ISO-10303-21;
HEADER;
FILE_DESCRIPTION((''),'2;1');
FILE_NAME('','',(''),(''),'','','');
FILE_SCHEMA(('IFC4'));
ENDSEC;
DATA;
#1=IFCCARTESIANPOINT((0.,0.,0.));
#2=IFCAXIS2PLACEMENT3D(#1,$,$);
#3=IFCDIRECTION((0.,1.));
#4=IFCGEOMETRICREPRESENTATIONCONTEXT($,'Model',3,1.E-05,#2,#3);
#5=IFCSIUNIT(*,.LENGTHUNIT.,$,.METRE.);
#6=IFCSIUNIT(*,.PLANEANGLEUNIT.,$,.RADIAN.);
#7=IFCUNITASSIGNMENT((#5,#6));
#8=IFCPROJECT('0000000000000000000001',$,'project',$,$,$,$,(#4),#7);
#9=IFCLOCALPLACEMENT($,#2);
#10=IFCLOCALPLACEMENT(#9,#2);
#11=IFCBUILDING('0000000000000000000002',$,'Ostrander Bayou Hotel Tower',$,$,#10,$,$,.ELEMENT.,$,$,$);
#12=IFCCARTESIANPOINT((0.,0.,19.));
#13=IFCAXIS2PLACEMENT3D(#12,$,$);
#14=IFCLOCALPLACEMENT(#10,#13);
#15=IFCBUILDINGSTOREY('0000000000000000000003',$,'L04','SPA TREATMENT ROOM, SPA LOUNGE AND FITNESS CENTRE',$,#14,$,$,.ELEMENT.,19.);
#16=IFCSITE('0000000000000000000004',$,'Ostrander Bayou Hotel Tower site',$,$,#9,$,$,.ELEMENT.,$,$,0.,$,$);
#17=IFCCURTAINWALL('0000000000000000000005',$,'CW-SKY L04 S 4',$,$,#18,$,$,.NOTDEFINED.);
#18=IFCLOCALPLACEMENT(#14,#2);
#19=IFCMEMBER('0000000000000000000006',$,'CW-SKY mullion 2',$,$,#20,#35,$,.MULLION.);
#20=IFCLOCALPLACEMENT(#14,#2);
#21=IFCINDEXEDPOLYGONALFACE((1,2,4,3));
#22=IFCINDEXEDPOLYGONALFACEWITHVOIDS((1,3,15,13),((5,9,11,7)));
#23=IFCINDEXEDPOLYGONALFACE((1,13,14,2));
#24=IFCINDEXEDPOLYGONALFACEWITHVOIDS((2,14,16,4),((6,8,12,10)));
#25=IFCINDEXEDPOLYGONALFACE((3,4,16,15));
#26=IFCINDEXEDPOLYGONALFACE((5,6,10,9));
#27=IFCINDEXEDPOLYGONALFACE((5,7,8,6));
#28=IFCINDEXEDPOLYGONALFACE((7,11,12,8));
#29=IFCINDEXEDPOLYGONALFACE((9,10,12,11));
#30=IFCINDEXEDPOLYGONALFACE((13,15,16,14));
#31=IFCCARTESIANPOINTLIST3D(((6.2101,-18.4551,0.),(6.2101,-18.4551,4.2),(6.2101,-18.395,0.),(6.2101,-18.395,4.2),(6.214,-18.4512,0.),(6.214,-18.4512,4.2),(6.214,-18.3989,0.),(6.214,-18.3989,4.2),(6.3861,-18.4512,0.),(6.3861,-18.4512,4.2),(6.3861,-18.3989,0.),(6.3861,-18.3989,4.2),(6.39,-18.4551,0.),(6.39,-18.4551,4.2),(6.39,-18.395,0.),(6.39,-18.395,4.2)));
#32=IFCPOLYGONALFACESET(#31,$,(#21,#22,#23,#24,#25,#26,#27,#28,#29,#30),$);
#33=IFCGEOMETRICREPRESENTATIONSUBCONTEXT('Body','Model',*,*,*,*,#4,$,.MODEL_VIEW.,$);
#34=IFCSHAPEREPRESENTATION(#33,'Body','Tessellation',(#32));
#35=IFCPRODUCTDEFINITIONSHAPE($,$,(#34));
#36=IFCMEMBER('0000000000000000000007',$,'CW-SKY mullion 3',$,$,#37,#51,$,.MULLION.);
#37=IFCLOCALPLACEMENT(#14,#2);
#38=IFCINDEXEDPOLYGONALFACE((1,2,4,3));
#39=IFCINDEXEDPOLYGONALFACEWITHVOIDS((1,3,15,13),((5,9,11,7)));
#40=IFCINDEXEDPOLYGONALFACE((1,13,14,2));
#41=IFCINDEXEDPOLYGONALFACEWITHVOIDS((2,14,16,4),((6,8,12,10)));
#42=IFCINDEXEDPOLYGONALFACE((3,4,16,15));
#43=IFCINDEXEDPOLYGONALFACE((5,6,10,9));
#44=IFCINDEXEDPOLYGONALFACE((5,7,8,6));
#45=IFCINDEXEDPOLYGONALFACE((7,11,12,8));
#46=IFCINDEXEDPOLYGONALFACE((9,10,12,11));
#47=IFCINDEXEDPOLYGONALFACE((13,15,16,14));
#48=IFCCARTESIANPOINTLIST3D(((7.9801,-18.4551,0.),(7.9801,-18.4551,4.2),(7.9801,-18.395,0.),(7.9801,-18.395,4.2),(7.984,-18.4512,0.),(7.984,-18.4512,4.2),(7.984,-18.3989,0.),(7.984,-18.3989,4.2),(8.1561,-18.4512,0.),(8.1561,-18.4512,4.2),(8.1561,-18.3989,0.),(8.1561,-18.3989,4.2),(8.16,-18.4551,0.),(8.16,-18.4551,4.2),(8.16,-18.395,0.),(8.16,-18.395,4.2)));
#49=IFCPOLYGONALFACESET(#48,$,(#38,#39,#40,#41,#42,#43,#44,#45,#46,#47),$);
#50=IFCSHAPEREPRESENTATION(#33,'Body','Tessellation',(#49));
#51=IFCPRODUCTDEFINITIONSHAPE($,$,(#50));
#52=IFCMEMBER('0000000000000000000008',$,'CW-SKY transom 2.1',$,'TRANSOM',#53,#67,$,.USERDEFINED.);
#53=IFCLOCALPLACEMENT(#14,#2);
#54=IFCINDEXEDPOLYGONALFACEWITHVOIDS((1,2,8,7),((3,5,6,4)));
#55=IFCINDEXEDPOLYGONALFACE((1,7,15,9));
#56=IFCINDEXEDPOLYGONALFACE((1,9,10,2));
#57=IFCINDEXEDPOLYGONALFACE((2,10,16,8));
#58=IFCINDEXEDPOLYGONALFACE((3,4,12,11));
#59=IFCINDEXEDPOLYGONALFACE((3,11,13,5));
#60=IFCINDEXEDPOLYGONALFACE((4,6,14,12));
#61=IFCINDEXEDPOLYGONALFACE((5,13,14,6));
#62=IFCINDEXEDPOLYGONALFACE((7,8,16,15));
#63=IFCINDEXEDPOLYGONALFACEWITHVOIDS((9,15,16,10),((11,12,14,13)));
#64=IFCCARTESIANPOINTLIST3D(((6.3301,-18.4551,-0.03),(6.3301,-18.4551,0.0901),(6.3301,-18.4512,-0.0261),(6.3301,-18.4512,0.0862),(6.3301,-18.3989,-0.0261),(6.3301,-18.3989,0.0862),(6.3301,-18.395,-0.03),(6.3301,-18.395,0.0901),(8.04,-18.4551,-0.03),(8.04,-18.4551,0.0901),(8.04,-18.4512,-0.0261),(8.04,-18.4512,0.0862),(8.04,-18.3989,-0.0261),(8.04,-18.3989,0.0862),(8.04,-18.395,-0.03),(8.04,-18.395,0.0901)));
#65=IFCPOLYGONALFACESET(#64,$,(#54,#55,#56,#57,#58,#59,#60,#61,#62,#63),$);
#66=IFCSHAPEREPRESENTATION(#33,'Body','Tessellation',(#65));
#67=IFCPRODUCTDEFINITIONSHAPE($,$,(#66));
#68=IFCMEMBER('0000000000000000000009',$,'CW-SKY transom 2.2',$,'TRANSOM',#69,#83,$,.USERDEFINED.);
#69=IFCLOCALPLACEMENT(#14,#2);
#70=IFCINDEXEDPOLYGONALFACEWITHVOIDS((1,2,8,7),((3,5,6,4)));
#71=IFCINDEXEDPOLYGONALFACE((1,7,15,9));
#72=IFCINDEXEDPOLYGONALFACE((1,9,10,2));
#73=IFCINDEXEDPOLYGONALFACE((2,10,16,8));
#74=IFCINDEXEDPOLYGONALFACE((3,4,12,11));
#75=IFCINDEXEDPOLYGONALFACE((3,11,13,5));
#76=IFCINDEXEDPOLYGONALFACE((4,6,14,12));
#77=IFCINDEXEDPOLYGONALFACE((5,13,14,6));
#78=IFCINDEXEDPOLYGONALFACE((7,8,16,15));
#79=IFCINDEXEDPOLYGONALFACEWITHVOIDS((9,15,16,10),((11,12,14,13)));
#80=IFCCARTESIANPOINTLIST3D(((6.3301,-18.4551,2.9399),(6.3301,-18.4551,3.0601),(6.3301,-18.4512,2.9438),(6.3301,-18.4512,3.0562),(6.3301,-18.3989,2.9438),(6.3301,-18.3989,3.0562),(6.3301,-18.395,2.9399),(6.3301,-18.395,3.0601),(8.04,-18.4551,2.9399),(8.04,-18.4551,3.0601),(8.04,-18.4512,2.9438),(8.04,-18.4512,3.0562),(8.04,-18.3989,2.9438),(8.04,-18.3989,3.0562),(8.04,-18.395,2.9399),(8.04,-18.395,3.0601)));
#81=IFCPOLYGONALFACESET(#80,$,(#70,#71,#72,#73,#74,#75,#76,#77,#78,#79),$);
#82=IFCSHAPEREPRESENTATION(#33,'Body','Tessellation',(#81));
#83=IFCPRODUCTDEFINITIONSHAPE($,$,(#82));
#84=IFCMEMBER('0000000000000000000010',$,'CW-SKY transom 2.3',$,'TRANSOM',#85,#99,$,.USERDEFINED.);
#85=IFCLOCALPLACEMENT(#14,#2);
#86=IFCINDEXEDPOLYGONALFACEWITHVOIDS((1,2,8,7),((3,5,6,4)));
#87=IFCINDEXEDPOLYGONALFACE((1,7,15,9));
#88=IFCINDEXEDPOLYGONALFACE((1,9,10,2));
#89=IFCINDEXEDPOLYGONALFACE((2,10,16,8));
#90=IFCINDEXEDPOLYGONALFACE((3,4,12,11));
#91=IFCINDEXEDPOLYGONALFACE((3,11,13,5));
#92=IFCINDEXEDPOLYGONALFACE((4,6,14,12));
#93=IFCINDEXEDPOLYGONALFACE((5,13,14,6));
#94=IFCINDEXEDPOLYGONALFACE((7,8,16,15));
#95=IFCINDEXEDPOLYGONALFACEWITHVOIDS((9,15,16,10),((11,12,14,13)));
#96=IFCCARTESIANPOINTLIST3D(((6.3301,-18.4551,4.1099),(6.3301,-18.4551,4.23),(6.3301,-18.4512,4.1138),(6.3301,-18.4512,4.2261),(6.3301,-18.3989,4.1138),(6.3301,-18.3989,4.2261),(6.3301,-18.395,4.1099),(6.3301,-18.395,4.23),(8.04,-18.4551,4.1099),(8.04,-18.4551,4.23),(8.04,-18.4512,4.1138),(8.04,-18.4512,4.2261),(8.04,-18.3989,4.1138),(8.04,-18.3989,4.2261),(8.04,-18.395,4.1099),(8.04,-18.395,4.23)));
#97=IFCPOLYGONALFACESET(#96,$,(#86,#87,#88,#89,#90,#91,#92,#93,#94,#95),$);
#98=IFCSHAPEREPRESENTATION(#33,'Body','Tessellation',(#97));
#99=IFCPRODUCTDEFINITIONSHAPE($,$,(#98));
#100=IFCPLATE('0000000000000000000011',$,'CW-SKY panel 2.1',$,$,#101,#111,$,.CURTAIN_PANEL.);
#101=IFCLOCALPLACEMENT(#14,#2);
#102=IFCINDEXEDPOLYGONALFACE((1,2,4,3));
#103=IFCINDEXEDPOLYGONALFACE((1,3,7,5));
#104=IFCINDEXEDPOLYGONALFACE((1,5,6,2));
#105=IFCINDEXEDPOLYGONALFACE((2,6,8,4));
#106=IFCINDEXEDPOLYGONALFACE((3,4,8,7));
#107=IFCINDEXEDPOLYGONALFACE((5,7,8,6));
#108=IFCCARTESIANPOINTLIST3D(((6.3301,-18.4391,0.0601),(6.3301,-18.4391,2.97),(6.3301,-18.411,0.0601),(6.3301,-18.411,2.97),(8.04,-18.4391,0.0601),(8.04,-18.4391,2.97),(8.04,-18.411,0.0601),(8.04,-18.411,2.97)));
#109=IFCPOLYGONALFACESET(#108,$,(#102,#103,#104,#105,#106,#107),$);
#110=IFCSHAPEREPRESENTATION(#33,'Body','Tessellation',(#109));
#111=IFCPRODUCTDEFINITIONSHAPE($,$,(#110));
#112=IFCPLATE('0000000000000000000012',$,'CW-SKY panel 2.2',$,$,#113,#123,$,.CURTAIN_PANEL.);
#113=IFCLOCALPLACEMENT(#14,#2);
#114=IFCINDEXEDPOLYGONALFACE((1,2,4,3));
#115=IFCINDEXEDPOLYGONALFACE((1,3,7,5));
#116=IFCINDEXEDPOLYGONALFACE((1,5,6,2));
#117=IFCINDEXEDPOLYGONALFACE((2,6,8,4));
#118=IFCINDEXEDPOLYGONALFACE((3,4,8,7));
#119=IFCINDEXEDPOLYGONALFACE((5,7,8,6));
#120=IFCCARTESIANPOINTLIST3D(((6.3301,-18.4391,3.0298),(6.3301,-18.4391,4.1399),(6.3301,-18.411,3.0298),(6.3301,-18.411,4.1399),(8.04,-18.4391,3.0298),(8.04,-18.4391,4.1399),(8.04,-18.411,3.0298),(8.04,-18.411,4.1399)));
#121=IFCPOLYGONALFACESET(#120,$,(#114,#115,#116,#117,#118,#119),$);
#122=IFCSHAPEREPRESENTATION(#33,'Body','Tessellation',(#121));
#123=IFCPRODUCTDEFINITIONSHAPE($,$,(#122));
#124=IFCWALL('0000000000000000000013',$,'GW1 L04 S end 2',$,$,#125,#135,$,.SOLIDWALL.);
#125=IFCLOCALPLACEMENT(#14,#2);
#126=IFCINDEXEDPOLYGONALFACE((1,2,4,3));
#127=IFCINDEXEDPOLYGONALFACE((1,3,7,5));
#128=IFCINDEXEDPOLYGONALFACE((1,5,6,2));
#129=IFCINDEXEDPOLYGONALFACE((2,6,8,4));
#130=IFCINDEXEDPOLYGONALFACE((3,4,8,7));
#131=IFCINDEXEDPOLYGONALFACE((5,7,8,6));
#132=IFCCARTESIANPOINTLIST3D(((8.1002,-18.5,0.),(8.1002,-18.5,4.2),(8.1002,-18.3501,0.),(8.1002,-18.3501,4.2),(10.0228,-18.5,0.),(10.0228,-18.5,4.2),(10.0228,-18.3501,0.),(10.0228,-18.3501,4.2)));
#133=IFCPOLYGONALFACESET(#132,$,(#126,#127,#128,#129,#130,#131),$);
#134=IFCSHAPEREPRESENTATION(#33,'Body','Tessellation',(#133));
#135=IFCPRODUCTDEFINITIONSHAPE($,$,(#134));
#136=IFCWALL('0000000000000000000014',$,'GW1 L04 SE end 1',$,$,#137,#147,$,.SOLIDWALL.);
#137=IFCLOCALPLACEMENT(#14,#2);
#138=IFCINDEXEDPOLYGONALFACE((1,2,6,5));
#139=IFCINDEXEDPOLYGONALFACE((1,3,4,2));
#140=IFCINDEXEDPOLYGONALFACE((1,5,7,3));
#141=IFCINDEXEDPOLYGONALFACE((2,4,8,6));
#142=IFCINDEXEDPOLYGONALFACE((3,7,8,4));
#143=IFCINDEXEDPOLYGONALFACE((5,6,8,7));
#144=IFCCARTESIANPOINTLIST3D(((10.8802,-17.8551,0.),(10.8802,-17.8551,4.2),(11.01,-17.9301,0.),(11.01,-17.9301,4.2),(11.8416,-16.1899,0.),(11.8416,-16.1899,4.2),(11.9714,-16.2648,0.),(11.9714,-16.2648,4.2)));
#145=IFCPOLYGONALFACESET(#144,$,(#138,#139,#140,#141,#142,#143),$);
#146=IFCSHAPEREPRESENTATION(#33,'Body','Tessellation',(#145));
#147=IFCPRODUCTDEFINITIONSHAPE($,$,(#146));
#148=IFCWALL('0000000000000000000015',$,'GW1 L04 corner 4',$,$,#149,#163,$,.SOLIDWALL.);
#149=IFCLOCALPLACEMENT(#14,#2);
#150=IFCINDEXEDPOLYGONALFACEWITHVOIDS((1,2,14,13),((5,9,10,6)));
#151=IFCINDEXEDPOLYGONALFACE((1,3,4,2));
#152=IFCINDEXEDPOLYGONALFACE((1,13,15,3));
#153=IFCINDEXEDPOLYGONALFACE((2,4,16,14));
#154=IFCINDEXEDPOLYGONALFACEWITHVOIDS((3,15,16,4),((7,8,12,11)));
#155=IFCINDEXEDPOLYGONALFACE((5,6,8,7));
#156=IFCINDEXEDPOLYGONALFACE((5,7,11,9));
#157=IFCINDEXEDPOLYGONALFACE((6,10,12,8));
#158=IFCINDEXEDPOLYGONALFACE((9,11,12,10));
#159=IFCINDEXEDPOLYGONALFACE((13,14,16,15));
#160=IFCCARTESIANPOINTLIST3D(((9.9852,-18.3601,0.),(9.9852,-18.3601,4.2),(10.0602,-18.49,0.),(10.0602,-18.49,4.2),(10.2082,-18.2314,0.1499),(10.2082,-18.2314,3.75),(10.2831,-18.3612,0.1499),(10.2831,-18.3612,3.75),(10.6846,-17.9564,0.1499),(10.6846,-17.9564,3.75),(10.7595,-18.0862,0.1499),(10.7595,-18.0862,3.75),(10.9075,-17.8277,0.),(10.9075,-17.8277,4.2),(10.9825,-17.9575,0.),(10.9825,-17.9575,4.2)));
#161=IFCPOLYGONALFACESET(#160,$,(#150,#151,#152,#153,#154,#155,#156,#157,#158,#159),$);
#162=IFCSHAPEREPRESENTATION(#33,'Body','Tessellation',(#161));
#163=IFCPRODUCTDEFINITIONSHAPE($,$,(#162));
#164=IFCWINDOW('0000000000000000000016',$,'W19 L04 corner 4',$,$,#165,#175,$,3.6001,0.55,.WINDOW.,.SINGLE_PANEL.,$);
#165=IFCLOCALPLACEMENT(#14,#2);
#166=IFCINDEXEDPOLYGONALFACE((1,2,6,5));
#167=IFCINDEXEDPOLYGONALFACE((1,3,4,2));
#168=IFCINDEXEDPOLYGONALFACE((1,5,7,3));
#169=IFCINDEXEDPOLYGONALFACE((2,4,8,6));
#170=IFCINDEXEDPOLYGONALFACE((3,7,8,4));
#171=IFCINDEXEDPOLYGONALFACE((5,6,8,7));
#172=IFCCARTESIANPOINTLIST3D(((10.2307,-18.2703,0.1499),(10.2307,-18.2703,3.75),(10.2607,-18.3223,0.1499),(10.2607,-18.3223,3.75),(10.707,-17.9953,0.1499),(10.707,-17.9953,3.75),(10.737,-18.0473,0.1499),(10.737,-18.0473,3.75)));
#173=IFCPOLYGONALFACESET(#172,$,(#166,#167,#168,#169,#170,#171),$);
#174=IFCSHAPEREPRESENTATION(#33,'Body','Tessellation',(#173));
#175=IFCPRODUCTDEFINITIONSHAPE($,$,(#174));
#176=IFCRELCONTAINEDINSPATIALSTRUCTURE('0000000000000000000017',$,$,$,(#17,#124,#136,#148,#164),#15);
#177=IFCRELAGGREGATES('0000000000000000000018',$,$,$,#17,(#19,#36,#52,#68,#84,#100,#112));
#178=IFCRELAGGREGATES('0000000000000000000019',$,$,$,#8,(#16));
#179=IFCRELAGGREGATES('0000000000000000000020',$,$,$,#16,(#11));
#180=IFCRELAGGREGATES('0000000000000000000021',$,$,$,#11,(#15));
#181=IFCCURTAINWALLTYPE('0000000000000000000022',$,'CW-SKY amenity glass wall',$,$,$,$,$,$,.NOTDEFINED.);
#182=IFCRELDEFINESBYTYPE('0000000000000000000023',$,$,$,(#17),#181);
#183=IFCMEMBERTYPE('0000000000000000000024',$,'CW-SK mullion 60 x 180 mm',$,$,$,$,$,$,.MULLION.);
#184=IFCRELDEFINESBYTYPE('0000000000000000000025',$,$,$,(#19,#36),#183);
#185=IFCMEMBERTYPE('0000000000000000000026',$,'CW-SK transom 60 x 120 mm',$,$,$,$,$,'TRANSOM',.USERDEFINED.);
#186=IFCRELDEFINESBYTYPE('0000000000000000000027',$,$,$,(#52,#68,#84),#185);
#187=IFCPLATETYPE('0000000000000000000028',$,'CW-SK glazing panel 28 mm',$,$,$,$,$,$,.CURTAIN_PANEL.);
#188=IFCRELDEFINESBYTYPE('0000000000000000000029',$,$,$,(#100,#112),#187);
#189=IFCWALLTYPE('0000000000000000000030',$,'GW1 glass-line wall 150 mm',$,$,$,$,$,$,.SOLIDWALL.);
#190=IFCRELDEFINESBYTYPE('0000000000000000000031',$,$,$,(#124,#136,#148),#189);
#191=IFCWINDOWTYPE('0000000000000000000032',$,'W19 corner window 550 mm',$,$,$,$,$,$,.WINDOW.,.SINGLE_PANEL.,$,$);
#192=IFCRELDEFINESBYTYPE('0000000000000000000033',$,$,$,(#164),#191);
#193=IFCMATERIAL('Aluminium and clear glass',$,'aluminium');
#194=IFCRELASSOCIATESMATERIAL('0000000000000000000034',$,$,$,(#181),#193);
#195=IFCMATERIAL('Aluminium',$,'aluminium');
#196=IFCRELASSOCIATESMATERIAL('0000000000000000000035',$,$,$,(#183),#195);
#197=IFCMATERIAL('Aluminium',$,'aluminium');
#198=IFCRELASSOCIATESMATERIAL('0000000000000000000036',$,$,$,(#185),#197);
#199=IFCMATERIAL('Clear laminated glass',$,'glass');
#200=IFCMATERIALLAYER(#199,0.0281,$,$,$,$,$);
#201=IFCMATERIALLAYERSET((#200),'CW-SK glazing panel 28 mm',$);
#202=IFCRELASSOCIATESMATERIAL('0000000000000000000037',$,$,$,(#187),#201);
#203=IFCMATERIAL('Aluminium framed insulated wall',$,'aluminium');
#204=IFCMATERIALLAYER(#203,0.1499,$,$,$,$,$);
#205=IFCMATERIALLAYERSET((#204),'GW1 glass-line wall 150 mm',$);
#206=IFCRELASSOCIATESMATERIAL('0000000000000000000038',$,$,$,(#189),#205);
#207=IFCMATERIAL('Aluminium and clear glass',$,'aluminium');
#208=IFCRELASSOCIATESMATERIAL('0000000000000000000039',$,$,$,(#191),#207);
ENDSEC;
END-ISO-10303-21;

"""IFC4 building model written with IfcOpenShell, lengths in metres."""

from ifc_helpers import new_model, si_unit, direction, frame, frame_2d, origin, origin_2d, place, context, subcontext, project, spatial, rectangle, hollow_rectangle, extrude, material, layer, layer_set, material_profile, profile_set, type_object, element, fill, aggregate, save


model = new_model("IFC4")

# Units and contexts
model_context = context("Model", 3, precision=1e-05, world=origin(), true_north=direction((0.0, 1.0)))
body_context = subcontext(model_context, "Body", "Model", "MODEL_VIEW")
ifc_project = project(units=[si_unit("LENGTHUNIT", "METRE"), si_unit("PLANEANGLEUNIT", "RADIAN")], contexts=[model_context])

# Site, building, storey
site_placement = place(None, origin())
site = spatial("IfcSite", under=ifc_project, at=site_placement, Name="Ostrander Bayou Hotel Tower site", CompositionType="ELEMENT", RefElevation=0.0)
building_placement = place(site_placement, origin())
building = spatial("IfcBuilding", under=site, at=building_placement, Name="Ostrander Bayou Hotel Tower", CompositionType="ELEMENT")
storey_placement = place(building_placement, frame((0.0, 0.0, 19.0)))
storey = spatial("IfcBuildingStorey", under=building, at=storey_placement, Name="L04", Description="SPA TREATMENT ROOM, SPA LOUNGE AND FITNESS CENTRE", CompositionType="ELEMENT", Elevation=19.0)

# Curtain wall, members, plates
ifc_material_1 = material(Name="Aluminium and clear glass", Category="aluminium")
curtain_wall_type = type_object("IfcCurtainWallType", Name="CW-SKY amenity glass wall", PredefinedType="NOTDEFINED", material=ifc_material_1)
curtain_wall_placement = place(storey_placement, origin())
curtain_wall = element("IfcCurtainWall", 1, at=curtain_wall_placement, inside=storey, type_object=curtain_wall_type, Name="CW-SKY L04 S 4", PredefinedType="NOTDEFINED")
ifc_material_2 = material(Name="Aluminium", Category="aluminium")
ifc_material_profile_1 = material_profile(ifc_material_2, hollow_rectangle(XDim=0.0601, YDim=0.1799, WallThickness=0.0039, at=origin_2d()))
ifc_profile_set_1 = profile_set([ifc_material_profile_1], Name="Aluminium")
member_type_1 = type_object("IfcMemberType", Name="CW-SK mullion 60 x 180 mm", PredefinedType="MULLION", material=ifc_profile_set_1)
member_1_placement = place(storey_placement, frame((6.3, -18.425, 0.0), z_axis=(0.0, 0.0, 1.0), x_axis=(0.0, 1.0, 0.0)))
member_1 = element("IfcMember", 2, at=member_1_placement, type_object=member_type_1, Name="CW-SKY mullion 2", PredefinedType="MULLION", context=body_context, shape_type="SweptSolid", body=[
    extrude(hollow_rectangle(XDim=0.0601, YDim=0.1799, WallThickness=0.0039, at=origin_2d()), origin(), (0.0, 0.0, 1.0), 4.2),
])
member_2_placement = place(storey_placement, frame((8.0701, -18.425, 0.0), z_axis=(0.0, 0.0, 1.0), x_axis=(0.0, 1.0, 0.0)))
member_2 = element("IfcMember", 3, at=member_2_placement, type_object=member_type_1, Name="CW-SKY mullion 3", PredefinedType="MULLION", context=body_context, shape_type="SweptSolid", body=[
    extrude(hollow_rectangle(XDim=0.0601, YDim=0.1799, WallThickness=0.0039, at=origin_2d()), origin(), (0.0, 0.0, 1.0), 4.2),
])
ifc_material_3 = material(Name="Aluminium", Category="aluminium")
ifc_material_profile_2 = material_profile(ifc_material_3, hollow_rectangle(XDim=0.0601, YDim=0.1201, WallThickness=0.0039, at=origin_2d()))
ifc_profile_set_2 = profile_set([ifc_material_profile_2], Name="Aluminium")
member_type_2 = type_object("IfcMemberType", Name="CW-SK transom 60 x 120 mm", ElementType="TRANSOM", PredefinedType="USERDEFINED", material=ifc_profile_set_2)
member_3_placement = place(storey_placement, frame((6.3301, -18.425, 0.03), z_axis=(1.0, 0.0, 0.0), x_axis=(0.0, 1.0, 0.0)))
member_3 = element("IfcMember", 4, at=member_3_placement, type_object=member_type_2, Name="CW-SKY transom 2.1", ObjectType="TRANSOM", PredefinedType="USERDEFINED", context=body_context, shape_type="SweptSolid", body=[
    extrude(hollow_rectangle(XDim=0.0601, YDim=0.1201, WallThickness=0.0039, at=origin_2d()), origin(), (0.0, 0.0, 1.0), 1.71),
])
member_4_placement = place(storey_placement, frame((6.3301, -18.425, 3.0), z_axis=(1.0, 0.0, 0.0), x_axis=(0.0, 1.0, 0.0)))
member_4 = element("IfcMember", 5, at=member_4_placement, type_object=member_type_2, Name="CW-SKY transom 2.2", ObjectType="TRANSOM", PredefinedType="USERDEFINED", context=body_context, shape_type="SweptSolid", body=[
    extrude(hollow_rectangle(XDim=0.0601, YDim=0.1201, WallThickness=0.0039, at=origin_2d()), origin(), (0.0, 0.0, 1.0), 1.71),
])
member_5_placement = place(storey_placement, frame((6.3301, -18.425, 4.1699), z_axis=(1.0, 0.0, 0.0), x_axis=(0.0, 1.0, 0.0)))
member_5 = element("IfcMember", 6, at=member_5_placement, type_object=member_type_2, Name="CW-SKY transom 2.3", ObjectType="TRANSOM", PredefinedType="USERDEFINED", context=body_context, shape_type="SweptSolid", body=[
    extrude(hollow_rectangle(XDim=0.0601, YDim=0.1201, WallThickness=0.0039, at=origin_2d()), origin(), (0.0, 0.0, 1.0), 1.71),
])
ifc_material_4 = material(Name="Clear laminated glass", Category="glass")
ifc_layer_1 = layer(ifc_material_4, 0.0281)
ifc_layer_set_1 = layer_set([ifc_layer_1], Name="CW-SK glazing panel 28 mm")
plate_type = type_object("IfcPlateType", Name="CW-SK glazing panel 28 mm", PredefinedType="CURTAIN_PANEL", material=ifc_layer_set_1)
plate_1_placement = place(storey_placement, frame((7.1851, -18.425, 0.0601), z_axis=(0.0, 0.0, 1.0), x_axis=(1.0, 0.0, 0.0)))
plate_1 = element("IfcPlate", 7, at=plate_1_placement, type_object=plate_type, Name="CW-SKY panel 2.1", PredefinedType="CURTAIN_PANEL", context=body_context, shape_type="SweptSolid", body=[
    extrude(rectangle(XDim=1.71, YDim=0.0281, at=origin_2d()), origin(), (0.0, 0.0, 1.0), 2.9099),
])
plate_2_placement = place(storey_placement, frame((7.1851, -18.425, 3.0298), z_axis=(0.0, 0.0, 1.0), x_axis=(1.0, 0.0, 0.0)))
plate_2 = element("IfcPlate", 8, at=plate_2_placement, type_object=plate_type, Name="CW-SKY panel 2.2", PredefinedType="CURTAIN_PANEL", context=body_context, shape_type="SweptSolid", body=[
    extrude(rectangle(XDim=1.71, YDim=0.0281, at=origin_2d()), origin(), (0.0, 0.0, 1.0), 1.1101),
])
aggregate(curtain_wall, [member_1, member_2, member_3, member_4, member_5, plate_1, plate_2])

# Walls
ifc_material_5 = material(Name="Aluminium framed insulated wall", Category="aluminium")
ifc_layer_2 = layer(ifc_material_5, 0.1499)
ifc_layer_set_2 = layer_set([ifc_layer_2], Name="GW1 glass-line wall 150 mm")
wall_type_1 = type_object("IfcWallType", Name="GW1 glass-line wall 150 mm", PredefinedType="SOLIDWALL", material=ifc_layer_set_2)
wall_1_placement = place(storey_placement, frame((8.1001, -18.425, 0.0), z_axis=(0.0, 0.0, 1.0), x_axis=(1.0, 0.0, 0.0)))
element("IfcWall", 9, at=wall_1_placement, inside=storey, type_object=wall_type_1, Name="GW1 L04 S end 2", PredefinedType="SOLIDWALL", context=body_context, shape_type="SweptSolid", body=[
    extrude(rectangle(XDim=1.9226, YDim=0.1499, at=frame_2d((0.9614, 0.0))), origin(), (0.0, 0.0, 1.0), 4.2),
])
wall_2_placement = place(storey_placement, frame((10.9451, -17.8926, 0.0), z_axis=(0.0, 0.0, 1.0), x_axis=(0.49999, 0.866031, 0.0)))
element("IfcWall", 10, at=wall_2_placement, inside=storey, type_object=wall_type_1, Name="GW1 L04 SE end 1", PredefinedType="SOLIDWALL", context=body_context, shape_type="SweptSolid", body=[
    extrude(rectangle(XDim=1.9229, YDim=0.1499, at=frame_2d((0.9614, 0.0))), origin(), (0.0, 0.0, 1.0), 4.2),
])

# Wall, opening, window
wall_3_placement = place(storey_placement, frame((10.0227, -18.425, 0.0), z_axis=(0.0, 0.0, 1.0), x_axis=(0.866048, 0.499961, 0.0)))
wall_3 = element("IfcWall", 11, at=wall_3_placement, inside=storey, type_object=wall_type_1, Name="GW1 L04 corner 4", PredefinedType="SOLIDWALL", context=body_context, shape_type="SweptSolid", body=[
    extrude(rectangle(XDim=1.0649, YDim=0.1499, at=frame_2d((0.5325, 0.0))), origin(), (0.0, 0.0, 1.0), 4.2),
])
opening_1_placement = place(wall_3_placement, frame((0.2576, 0.0, 0.1499)))
opening_1 = element("IfcOpeningElement", 12, at=opening_1_placement, cuts=wall_3, PredefinedType="OPENING", context=body_context, shape_type="SweptSolid", body=[
    extrude(rectangle(XDim=0.55, YDim=3.6001, at=frame_2d((0.2749, 1.8))), frame((0.0, 0.075, 0.0), z_axis=(0.0, -1.0, 0.0), x_axis=(1.0, 0.0, 0.0)), (0.0, 0.0, 1.0), 0.1499),
])
ifc_material_6 = material(Name="Aluminium and clear glass", Category="aluminium")
window_type = type_object("IfcWindowType", Name="W19 corner window 550 mm", PartitioningType="SINGLE_PANEL", PredefinedType="WINDOW", material=ifc_material_6)
window_placement = place(opening_1_placement, origin())
window = element("IfcWindow", 13, at=window_placement, inside=storey, type_object=window_type, Name="W19 L04 corner 4", OverallHeight=3.6001, OverallWidth=0.55, PartitioningType="SINGLE_PANEL", PredefinedType="WINDOW", context=body_context, shape_type="SweptSolid", body=[
    extrude(rectangle(XDim=0.55, YDim=3.6001, at=frame_2d((0.2749, 1.8))), frame((0.0, 0.03, 0.0), z_axis=(0.0, -1.0, 0.0), x_axis=(1.0, 0.0, 0.0)), (0.0, 0.0, 1.0), 0.0601),
])
fill(opening_1, window)

save(model, "model.ifc")
